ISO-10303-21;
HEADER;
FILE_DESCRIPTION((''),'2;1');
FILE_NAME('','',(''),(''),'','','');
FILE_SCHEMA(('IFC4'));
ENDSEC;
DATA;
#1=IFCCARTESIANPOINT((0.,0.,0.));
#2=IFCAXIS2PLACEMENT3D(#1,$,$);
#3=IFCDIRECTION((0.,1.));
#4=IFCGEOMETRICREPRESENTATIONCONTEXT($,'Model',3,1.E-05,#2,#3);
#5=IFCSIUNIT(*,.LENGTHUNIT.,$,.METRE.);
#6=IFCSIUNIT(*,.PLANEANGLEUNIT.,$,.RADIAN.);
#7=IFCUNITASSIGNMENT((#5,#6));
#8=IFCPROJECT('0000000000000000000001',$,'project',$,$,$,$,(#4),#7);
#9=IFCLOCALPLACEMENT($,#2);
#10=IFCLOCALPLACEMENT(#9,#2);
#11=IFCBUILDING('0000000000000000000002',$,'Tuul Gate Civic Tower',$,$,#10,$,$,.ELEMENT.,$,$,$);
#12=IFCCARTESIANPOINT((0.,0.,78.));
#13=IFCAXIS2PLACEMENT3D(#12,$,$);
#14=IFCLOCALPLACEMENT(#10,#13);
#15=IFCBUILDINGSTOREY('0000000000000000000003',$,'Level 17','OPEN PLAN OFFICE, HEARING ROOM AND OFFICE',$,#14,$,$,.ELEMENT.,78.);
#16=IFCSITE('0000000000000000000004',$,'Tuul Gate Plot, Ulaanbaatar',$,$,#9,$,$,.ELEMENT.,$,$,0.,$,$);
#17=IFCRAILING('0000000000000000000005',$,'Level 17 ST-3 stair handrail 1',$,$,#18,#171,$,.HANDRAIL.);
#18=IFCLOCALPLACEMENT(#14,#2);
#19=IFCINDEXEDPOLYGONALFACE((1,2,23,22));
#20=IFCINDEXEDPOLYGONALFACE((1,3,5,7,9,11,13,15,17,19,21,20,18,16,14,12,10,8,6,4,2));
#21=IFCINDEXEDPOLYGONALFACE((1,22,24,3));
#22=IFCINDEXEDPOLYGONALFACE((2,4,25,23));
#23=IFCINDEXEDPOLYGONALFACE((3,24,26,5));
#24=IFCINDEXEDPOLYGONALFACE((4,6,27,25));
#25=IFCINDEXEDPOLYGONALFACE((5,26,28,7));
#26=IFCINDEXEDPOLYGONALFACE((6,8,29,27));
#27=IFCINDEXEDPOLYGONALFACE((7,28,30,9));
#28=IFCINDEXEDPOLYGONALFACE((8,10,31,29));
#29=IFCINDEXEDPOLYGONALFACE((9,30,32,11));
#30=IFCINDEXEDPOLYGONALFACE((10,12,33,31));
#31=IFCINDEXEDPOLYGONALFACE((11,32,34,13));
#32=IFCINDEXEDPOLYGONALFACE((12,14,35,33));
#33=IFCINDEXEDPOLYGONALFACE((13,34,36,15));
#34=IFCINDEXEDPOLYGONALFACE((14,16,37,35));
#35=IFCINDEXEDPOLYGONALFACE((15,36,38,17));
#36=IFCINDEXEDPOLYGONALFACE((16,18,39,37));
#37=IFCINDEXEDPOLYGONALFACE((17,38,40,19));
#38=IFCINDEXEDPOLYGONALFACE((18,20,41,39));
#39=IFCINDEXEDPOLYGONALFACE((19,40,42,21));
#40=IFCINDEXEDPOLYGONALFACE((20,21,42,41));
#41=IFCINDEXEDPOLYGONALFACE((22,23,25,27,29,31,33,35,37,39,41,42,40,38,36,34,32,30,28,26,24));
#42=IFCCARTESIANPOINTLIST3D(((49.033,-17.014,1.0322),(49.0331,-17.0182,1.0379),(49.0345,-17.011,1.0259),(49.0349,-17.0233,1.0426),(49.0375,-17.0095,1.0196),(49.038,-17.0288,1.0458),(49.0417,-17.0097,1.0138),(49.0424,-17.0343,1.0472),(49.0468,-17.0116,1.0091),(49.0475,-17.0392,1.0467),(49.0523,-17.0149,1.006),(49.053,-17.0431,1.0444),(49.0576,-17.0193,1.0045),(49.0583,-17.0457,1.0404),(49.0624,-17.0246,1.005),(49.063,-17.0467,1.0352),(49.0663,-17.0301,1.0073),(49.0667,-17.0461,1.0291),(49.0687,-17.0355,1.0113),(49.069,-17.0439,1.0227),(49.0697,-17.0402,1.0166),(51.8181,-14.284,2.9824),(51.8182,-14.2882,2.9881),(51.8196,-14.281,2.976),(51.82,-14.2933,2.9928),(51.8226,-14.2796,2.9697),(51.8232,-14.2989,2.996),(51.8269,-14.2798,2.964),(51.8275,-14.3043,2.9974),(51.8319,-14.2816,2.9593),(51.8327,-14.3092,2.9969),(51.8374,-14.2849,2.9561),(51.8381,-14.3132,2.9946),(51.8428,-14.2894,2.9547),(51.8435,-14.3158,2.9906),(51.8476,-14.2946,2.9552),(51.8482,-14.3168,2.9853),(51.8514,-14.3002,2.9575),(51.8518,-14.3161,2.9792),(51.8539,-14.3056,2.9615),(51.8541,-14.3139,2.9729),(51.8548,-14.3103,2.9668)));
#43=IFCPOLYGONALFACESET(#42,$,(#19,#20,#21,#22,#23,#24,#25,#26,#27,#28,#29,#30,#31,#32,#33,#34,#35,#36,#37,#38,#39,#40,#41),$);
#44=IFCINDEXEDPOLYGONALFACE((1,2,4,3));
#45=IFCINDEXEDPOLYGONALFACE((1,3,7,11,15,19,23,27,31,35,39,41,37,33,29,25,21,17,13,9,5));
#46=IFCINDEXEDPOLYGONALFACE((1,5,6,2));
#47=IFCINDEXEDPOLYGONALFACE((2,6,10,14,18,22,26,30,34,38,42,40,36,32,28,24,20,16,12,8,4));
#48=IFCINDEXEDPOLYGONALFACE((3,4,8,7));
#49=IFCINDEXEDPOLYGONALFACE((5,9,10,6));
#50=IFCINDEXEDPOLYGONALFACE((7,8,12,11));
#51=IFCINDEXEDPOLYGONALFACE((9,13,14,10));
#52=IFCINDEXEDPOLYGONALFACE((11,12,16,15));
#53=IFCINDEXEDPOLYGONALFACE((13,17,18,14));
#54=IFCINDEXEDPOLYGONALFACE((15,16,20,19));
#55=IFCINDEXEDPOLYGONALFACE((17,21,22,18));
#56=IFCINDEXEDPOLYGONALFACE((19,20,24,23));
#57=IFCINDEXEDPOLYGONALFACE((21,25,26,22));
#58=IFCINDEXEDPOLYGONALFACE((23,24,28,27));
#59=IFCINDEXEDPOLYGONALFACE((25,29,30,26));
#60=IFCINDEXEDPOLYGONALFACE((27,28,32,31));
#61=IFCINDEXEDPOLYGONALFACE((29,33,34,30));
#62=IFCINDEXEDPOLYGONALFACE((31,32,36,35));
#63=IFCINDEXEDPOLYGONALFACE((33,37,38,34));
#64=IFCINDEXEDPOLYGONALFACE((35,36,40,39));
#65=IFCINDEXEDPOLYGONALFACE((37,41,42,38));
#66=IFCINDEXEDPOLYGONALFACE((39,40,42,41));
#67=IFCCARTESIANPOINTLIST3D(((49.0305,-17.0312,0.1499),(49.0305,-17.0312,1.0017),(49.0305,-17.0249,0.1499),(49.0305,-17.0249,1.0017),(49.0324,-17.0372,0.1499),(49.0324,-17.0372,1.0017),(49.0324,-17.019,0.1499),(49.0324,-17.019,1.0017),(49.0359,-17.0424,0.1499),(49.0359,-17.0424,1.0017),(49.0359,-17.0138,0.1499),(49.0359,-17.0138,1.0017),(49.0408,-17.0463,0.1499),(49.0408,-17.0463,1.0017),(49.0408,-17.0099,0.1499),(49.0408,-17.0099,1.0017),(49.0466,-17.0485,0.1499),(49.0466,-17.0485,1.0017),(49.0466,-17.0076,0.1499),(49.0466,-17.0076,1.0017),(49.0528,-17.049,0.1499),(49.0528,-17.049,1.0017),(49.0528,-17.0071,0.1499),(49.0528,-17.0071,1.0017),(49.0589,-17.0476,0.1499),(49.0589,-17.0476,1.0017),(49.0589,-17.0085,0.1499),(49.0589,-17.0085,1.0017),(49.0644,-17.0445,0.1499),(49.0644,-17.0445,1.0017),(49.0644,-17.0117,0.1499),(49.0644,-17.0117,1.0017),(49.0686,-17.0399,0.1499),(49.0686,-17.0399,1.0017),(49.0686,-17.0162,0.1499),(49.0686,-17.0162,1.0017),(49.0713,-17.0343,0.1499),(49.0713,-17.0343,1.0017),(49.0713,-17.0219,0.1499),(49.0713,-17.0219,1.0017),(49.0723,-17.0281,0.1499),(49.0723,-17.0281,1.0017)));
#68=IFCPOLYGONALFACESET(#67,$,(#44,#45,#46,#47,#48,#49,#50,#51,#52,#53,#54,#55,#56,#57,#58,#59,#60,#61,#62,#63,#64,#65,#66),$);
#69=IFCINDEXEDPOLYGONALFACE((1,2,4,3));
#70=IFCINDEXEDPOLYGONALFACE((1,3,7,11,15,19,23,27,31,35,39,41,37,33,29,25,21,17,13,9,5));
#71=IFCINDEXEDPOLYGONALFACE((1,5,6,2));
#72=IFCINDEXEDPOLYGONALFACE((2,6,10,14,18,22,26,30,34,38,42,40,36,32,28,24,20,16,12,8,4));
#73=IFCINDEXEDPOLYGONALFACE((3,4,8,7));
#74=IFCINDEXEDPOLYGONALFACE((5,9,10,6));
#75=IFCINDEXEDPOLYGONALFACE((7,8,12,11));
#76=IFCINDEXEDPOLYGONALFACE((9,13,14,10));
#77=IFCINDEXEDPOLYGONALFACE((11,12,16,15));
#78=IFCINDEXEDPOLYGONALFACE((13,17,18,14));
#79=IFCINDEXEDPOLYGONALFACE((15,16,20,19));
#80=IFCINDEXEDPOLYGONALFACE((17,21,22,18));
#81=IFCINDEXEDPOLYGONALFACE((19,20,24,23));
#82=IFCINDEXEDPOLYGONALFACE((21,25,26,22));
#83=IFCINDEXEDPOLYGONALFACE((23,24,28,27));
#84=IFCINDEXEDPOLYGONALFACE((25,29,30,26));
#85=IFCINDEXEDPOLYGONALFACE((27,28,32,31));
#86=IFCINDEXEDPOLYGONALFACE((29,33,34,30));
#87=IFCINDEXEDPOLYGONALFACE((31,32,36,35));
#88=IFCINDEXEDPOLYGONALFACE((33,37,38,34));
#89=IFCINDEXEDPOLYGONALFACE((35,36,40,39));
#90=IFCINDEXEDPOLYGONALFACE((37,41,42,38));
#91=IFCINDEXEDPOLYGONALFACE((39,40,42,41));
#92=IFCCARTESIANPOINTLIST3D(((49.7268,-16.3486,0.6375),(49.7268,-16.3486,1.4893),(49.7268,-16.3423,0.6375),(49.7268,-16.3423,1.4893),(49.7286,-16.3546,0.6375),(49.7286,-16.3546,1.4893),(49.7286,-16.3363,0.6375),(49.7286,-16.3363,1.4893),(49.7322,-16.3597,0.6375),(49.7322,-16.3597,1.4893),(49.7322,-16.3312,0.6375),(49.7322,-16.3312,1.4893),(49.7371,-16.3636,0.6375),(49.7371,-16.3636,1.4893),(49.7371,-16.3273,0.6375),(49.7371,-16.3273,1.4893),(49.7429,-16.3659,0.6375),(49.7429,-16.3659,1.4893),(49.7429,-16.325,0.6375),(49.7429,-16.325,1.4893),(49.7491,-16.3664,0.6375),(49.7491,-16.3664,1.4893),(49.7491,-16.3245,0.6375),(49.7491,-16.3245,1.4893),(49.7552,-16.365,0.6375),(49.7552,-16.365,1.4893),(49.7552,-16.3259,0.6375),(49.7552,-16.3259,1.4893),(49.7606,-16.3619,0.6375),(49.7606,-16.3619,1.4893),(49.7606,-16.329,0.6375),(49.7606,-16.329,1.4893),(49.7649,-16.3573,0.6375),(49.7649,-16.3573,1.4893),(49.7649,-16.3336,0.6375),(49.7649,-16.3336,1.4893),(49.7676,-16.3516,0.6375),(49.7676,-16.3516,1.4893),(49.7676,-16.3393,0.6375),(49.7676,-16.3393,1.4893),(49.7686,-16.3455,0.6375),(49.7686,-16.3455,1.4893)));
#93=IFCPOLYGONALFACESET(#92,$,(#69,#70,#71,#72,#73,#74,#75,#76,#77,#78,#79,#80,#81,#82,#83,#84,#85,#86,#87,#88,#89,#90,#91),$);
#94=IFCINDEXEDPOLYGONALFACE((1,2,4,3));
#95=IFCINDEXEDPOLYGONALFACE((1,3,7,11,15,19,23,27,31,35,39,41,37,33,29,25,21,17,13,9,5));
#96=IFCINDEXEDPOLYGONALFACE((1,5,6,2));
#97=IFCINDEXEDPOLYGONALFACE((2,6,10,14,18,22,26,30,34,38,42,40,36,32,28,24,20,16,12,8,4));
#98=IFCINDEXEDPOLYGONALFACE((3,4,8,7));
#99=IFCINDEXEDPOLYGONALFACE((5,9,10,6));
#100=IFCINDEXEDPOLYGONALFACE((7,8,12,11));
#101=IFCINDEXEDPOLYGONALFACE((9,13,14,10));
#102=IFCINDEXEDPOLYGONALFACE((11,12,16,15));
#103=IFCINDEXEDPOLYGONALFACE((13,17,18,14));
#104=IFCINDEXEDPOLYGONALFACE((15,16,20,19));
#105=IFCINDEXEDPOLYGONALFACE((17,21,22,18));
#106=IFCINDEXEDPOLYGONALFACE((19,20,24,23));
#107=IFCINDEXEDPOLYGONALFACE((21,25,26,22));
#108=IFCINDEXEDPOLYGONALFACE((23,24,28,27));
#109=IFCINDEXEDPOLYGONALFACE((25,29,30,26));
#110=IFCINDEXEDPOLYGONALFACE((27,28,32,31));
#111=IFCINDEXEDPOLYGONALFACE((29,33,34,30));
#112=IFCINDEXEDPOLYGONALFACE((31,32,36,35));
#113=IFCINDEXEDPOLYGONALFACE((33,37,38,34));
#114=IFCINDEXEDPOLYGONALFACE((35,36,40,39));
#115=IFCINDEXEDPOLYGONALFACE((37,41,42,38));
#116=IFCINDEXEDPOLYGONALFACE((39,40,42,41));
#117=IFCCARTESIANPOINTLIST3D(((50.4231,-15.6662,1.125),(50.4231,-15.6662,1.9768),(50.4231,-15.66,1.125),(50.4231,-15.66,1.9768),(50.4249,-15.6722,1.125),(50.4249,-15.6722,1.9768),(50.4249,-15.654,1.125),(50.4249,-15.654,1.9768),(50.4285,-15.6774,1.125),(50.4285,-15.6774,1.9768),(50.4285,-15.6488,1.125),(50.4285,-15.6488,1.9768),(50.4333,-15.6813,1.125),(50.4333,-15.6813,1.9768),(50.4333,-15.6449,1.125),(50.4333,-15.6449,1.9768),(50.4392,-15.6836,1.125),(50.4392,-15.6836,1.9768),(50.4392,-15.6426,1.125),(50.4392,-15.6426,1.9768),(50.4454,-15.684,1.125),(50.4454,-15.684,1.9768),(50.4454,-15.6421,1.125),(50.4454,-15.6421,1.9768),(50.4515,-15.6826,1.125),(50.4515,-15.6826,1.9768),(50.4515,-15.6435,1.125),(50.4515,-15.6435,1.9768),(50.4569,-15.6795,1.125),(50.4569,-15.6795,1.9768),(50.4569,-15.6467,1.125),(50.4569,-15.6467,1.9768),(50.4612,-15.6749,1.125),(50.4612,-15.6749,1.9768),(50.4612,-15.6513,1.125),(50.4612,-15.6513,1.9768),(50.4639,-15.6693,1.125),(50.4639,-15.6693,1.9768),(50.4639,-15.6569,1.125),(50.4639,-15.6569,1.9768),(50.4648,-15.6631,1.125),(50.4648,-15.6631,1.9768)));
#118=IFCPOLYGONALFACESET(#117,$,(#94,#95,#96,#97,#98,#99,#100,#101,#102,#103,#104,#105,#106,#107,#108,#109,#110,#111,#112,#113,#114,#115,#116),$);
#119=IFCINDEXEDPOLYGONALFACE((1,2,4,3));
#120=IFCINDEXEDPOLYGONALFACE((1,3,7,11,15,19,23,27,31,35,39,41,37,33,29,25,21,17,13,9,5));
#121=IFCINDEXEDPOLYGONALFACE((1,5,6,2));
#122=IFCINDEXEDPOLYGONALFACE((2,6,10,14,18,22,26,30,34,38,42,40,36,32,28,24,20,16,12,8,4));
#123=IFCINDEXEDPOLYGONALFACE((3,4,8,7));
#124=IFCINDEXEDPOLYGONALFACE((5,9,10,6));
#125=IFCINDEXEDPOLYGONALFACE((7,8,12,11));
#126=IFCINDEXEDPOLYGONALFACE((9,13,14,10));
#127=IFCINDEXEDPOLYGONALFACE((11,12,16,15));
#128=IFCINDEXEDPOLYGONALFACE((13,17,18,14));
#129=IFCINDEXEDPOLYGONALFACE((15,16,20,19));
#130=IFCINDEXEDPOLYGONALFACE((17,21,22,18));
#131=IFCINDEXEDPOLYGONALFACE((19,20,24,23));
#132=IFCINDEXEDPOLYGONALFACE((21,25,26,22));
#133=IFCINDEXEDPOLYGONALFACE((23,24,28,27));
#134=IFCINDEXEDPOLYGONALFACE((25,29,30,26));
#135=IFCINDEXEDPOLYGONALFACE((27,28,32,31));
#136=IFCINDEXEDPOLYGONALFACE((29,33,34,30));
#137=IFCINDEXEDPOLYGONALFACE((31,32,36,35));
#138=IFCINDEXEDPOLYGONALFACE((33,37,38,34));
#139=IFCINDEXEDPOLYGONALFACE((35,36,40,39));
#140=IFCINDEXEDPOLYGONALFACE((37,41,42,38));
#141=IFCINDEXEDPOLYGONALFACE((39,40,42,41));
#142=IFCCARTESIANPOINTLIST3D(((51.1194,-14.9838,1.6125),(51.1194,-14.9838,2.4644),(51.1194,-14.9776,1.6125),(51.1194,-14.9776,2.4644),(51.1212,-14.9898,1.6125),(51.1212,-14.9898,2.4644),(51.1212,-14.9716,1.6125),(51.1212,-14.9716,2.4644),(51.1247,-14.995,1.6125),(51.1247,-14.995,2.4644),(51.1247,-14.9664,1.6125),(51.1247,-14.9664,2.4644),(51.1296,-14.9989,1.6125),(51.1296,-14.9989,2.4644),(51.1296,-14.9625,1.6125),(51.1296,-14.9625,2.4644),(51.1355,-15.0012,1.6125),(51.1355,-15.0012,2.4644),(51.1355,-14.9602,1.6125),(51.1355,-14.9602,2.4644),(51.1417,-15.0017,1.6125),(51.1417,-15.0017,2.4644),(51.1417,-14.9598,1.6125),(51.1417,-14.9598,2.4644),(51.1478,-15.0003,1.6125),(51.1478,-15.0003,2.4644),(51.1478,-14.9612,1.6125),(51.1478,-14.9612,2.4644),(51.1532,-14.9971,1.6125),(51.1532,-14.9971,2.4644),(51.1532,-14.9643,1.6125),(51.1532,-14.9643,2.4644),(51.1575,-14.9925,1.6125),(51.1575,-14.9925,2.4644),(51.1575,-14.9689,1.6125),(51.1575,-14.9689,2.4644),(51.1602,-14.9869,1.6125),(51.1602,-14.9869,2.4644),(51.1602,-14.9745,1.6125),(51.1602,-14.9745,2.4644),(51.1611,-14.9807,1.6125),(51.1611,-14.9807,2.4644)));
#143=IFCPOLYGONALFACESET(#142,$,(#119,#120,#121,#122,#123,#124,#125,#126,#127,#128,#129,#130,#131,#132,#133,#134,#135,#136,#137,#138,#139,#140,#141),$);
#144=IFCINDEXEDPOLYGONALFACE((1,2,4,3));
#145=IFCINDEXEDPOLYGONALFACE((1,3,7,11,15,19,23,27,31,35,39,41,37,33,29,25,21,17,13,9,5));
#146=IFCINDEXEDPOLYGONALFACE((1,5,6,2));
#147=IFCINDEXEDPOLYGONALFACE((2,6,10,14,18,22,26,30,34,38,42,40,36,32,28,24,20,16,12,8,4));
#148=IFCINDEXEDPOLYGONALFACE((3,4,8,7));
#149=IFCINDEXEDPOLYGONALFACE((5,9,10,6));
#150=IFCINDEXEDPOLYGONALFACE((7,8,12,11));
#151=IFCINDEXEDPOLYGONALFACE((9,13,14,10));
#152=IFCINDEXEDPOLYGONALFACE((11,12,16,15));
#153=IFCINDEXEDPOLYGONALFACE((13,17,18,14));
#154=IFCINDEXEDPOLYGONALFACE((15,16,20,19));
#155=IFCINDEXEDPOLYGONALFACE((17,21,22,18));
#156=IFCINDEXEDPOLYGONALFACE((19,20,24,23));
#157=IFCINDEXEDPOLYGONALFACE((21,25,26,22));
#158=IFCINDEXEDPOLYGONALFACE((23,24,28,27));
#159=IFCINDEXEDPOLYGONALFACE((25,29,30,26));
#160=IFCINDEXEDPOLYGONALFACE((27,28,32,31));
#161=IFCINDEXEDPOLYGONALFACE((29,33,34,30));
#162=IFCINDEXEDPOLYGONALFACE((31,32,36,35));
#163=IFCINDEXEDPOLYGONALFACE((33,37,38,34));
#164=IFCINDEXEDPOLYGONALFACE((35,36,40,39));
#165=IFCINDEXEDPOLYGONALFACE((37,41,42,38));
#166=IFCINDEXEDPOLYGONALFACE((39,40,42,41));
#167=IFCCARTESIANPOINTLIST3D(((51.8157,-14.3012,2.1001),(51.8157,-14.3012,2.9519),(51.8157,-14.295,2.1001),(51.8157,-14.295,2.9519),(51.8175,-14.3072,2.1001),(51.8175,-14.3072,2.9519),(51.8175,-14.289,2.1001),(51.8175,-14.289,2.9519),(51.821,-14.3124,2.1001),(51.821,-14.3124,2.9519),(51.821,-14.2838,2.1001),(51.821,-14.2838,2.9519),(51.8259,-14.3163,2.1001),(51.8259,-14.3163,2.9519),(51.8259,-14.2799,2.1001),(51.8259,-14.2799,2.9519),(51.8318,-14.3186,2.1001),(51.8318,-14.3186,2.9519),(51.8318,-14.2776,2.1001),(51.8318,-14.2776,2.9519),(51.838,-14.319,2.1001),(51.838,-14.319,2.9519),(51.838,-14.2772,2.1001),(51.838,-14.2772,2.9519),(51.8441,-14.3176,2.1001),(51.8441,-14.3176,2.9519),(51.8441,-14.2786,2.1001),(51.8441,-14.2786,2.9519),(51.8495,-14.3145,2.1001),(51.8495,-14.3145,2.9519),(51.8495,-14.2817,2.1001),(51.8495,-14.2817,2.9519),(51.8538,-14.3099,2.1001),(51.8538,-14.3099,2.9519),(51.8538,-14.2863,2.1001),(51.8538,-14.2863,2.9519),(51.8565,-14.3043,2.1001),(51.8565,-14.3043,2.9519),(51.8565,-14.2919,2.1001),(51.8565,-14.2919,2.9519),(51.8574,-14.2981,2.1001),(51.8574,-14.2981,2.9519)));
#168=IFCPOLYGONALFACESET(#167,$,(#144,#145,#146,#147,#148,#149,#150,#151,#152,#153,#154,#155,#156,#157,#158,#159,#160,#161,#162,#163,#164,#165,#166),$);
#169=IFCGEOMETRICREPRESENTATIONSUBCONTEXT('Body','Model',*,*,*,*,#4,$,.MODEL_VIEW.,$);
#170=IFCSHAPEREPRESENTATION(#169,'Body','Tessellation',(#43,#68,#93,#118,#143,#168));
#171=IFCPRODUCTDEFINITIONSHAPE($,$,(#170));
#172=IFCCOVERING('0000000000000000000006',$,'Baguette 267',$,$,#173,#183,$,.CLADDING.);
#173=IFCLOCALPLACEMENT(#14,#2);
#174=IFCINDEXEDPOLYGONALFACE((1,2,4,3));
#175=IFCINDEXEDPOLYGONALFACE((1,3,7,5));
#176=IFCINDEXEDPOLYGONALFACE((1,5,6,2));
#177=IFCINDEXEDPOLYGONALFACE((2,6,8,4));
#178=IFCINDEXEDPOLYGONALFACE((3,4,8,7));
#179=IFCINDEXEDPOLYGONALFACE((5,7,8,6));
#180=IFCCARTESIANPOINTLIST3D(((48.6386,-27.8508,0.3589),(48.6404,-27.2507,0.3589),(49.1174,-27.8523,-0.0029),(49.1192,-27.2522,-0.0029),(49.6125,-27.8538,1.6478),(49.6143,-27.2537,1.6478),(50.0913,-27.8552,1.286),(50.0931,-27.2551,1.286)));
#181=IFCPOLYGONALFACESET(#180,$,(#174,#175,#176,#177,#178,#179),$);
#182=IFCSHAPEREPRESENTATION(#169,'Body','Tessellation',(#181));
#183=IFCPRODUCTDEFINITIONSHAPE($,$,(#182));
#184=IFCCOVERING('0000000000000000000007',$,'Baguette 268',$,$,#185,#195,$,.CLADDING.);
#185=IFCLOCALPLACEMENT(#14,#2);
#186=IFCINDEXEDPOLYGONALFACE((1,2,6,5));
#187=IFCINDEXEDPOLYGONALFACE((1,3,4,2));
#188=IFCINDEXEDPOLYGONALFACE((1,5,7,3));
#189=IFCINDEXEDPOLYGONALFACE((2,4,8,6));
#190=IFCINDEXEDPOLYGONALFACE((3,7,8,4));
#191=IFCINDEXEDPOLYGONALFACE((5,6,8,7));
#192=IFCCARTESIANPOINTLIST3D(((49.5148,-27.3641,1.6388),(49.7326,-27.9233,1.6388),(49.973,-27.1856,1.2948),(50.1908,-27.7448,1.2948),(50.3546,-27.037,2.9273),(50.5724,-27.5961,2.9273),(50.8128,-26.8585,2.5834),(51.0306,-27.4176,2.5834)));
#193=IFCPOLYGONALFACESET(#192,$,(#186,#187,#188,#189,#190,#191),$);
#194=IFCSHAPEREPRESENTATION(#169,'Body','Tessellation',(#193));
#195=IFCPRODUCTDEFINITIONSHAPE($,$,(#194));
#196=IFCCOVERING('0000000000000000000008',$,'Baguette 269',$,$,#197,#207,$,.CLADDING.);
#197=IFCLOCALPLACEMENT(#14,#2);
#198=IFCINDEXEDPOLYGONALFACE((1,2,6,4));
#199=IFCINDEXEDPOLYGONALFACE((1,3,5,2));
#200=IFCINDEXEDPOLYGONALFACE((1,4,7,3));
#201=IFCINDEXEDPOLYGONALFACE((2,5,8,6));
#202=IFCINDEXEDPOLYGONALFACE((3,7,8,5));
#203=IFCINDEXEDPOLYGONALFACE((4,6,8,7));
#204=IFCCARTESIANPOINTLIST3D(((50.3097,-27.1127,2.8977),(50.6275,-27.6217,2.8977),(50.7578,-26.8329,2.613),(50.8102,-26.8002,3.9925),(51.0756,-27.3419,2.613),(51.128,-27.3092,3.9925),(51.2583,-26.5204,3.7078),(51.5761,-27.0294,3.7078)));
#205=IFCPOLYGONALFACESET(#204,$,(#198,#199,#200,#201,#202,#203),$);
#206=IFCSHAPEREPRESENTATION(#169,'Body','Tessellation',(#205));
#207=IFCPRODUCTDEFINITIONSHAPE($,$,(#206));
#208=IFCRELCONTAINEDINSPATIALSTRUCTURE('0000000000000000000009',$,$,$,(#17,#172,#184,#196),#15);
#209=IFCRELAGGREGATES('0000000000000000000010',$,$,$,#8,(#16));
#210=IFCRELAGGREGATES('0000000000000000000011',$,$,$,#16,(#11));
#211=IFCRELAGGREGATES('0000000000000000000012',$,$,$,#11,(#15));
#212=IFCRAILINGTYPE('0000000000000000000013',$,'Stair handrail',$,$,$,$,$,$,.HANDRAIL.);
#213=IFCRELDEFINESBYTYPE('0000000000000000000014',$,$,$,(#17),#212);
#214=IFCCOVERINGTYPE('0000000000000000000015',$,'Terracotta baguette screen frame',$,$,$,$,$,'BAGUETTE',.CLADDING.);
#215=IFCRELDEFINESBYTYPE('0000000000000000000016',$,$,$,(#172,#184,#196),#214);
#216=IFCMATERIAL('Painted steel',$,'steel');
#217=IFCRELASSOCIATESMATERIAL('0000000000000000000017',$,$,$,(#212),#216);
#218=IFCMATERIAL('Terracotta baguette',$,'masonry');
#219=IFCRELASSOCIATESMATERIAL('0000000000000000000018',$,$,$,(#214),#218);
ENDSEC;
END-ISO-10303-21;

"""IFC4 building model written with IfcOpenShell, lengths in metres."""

from ifc_helpers import new_model, si_unit, direction, frame, origin, origin_2d, place, context, subcontext, project, spatial, rectangle, circle, extrude, material, material_profile, profile_set, type_object, element, save


model = new_model("IFC4")

# Units and contexts
model_context = context("Model", 3, precision=1e-05, world=origin(), true_north=direction((0.0, 1.0)))
body_context = subcontext(model_context, "Body", "Model", "MODEL_VIEW")
ifc_project = project(units=[si_unit("LENGTHUNIT", "METRE"), si_unit("PLANEANGLEUNIT", "RADIAN")], contexts=[model_context])

# Site, building, storey
site_placement = place(None, origin())
site = spatial("IfcSite", under=ifc_project, at=site_placement, Name="Tuul Gate Plot, Ulaanbaatar", CompositionType="ELEMENT", RefElevation=0.0)
building_placement = place(site_placement, origin())
building = spatial("IfcBuilding", under=site, at=building_placement, Name="Tuul Gate Civic Tower", CompositionType="ELEMENT")
storey_placement = place(building_placement, frame((0.0, 0.0, 78.0)))
storey = spatial("IfcBuildingStorey", under=building, at=storey_placement, Name="Level 17", Description="OPEN PLAN OFFICE, HEARING ROOM AND OFFICE", CompositionType="ELEMENT", Elevation=78.0)

# Railing
ifc_material_1 = material(Name="Painted steel", Category="steel")
railing_type = type_object("IfcRailingType", Name="Stair handrail", PredefinedType="HANDRAIL", material=ifc_material_1)
railing_placement = place(storey_placement, frame((49.0513, -17.0281, 0.1499)))
element("IfcRailing", 1, at=railing_placement, inside=storey, type_object=railing_type, Name="Level 17 ST-3 stair handrail 1", PredefinedType="HANDRAIL", context=body_context, shape_type="SweptSolid", body=[
    extrude(circle(Radius=0.0239, at=origin_2d()), frame((0.0, 0.0, 0.876), z_axis=(0.638738, 0.626084, 0.447251), x_axis=(-0.699998, 0.714145, 0.0)), (0.0, 0.0, 1.0), 4.3604),
    extrude(circle(Radius=0.021, at=origin_2d()), origin(), (0.0, 0.0, 1.0), 0.8518),
    extrude(circle(Radius=0.021, at=origin_2d()), frame((0.6963, 0.6826, 0.4875)), (0.0, 0.0, 1.0), 0.8518),
    extrude(circle(Radius=0.021, at=origin_2d()), frame((1.3926, 1.365, 0.9751)), (0.0, 0.0, 1.0), 0.8518),
    extrude(circle(Radius=0.021, at=origin_2d()), frame((2.0889, 2.0474, 1.4626)), (0.0, 0.0, 1.0), 0.8518),
    extrude(circle(Radius=0.021, at=origin_2d()), frame((2.7852, 2.73, 1.9502)), (0.0, 0.0, 1.0), 0.8518),
])

# Coverings
ifc_material_2 = material(Name="Terracotta baguette", Category="masonry")
ifc_material_profile_1 = material_profile(ifc_material_2, rectangle(XDim=0.6001, YDim=0.6001, at=origin_2d()), Name="Terracotta baguette screen frame")
ifc_profile_set_1 = profile_set([ifc_material_profile_1], Name="Terracotta baguette")
covering_type = type_object("IfcCoveringType", Name="Terracotta baguette screen frame", ElementType="BAGUETTE", PredefinedType="CLADDING", material=ifc_profile_set_1)
covering_1_placement = place(storey_placement, frame((48.8789, -27.5515, 0.178), z_axis=(0.602873, -0.001814, 0.797835), x_axis=(0.003008, 0.999995, 0.0)))
element("IfcCovering", 2, at=covering_1_placement, inside=storey, type_object=covering_type, Name="Baguette 267", PredefinedType="CLADDING", context=body_context, shape_type="SweptSolid", body=[
    extrude(rectangle(XDim=0.6001, YDim=0.6001, at=origin_2d()), origin(), (0.0, 0.0, 1.0), 1.6155),
])
covering_2_placement = place(storey_placement, frame((49.8528, -27.5544, 1.4668), z_axis=(0.534079, 0.208042, 0.819438), x_axis=(-0.362969, 0.931801, 0.0)))
element("IfcCovering", 3, at=covering_2_placement, inside=storey, type_object=covering_type, Name="Baguette 268", PredefinedType="CLADDING", context=body_context, shape_type="SweptSolid", body=[
    extrude(rectangle(XDim=0.6001, YDim=0.6001, at=origin_2d()), origin(), (0.0, 0.0, 1.0), 1.5725),
])
covering_3_placement = place(storey_placement, frame((50.6926, -27.2273, 2.7554), z_axis=(0.402447, 0.251284, 0.88028), x_axis=(-0.529627, 0.848231, 0.0)))
element("IfcCovering", 4, at=covering_3_placement, inside=storey, type_object=covering_type, Name="Baguette 269", PredefinedType="CLADDING", context=body_context, shape_type="SweptSolid", body=[
    extrude(rectangle(XDim=0.6001, YDim=0.6001, at=origin_2d()), origin(), (0.0, 0.0, 1.0), 1.2437),
])

save(model, "model.ifc")
